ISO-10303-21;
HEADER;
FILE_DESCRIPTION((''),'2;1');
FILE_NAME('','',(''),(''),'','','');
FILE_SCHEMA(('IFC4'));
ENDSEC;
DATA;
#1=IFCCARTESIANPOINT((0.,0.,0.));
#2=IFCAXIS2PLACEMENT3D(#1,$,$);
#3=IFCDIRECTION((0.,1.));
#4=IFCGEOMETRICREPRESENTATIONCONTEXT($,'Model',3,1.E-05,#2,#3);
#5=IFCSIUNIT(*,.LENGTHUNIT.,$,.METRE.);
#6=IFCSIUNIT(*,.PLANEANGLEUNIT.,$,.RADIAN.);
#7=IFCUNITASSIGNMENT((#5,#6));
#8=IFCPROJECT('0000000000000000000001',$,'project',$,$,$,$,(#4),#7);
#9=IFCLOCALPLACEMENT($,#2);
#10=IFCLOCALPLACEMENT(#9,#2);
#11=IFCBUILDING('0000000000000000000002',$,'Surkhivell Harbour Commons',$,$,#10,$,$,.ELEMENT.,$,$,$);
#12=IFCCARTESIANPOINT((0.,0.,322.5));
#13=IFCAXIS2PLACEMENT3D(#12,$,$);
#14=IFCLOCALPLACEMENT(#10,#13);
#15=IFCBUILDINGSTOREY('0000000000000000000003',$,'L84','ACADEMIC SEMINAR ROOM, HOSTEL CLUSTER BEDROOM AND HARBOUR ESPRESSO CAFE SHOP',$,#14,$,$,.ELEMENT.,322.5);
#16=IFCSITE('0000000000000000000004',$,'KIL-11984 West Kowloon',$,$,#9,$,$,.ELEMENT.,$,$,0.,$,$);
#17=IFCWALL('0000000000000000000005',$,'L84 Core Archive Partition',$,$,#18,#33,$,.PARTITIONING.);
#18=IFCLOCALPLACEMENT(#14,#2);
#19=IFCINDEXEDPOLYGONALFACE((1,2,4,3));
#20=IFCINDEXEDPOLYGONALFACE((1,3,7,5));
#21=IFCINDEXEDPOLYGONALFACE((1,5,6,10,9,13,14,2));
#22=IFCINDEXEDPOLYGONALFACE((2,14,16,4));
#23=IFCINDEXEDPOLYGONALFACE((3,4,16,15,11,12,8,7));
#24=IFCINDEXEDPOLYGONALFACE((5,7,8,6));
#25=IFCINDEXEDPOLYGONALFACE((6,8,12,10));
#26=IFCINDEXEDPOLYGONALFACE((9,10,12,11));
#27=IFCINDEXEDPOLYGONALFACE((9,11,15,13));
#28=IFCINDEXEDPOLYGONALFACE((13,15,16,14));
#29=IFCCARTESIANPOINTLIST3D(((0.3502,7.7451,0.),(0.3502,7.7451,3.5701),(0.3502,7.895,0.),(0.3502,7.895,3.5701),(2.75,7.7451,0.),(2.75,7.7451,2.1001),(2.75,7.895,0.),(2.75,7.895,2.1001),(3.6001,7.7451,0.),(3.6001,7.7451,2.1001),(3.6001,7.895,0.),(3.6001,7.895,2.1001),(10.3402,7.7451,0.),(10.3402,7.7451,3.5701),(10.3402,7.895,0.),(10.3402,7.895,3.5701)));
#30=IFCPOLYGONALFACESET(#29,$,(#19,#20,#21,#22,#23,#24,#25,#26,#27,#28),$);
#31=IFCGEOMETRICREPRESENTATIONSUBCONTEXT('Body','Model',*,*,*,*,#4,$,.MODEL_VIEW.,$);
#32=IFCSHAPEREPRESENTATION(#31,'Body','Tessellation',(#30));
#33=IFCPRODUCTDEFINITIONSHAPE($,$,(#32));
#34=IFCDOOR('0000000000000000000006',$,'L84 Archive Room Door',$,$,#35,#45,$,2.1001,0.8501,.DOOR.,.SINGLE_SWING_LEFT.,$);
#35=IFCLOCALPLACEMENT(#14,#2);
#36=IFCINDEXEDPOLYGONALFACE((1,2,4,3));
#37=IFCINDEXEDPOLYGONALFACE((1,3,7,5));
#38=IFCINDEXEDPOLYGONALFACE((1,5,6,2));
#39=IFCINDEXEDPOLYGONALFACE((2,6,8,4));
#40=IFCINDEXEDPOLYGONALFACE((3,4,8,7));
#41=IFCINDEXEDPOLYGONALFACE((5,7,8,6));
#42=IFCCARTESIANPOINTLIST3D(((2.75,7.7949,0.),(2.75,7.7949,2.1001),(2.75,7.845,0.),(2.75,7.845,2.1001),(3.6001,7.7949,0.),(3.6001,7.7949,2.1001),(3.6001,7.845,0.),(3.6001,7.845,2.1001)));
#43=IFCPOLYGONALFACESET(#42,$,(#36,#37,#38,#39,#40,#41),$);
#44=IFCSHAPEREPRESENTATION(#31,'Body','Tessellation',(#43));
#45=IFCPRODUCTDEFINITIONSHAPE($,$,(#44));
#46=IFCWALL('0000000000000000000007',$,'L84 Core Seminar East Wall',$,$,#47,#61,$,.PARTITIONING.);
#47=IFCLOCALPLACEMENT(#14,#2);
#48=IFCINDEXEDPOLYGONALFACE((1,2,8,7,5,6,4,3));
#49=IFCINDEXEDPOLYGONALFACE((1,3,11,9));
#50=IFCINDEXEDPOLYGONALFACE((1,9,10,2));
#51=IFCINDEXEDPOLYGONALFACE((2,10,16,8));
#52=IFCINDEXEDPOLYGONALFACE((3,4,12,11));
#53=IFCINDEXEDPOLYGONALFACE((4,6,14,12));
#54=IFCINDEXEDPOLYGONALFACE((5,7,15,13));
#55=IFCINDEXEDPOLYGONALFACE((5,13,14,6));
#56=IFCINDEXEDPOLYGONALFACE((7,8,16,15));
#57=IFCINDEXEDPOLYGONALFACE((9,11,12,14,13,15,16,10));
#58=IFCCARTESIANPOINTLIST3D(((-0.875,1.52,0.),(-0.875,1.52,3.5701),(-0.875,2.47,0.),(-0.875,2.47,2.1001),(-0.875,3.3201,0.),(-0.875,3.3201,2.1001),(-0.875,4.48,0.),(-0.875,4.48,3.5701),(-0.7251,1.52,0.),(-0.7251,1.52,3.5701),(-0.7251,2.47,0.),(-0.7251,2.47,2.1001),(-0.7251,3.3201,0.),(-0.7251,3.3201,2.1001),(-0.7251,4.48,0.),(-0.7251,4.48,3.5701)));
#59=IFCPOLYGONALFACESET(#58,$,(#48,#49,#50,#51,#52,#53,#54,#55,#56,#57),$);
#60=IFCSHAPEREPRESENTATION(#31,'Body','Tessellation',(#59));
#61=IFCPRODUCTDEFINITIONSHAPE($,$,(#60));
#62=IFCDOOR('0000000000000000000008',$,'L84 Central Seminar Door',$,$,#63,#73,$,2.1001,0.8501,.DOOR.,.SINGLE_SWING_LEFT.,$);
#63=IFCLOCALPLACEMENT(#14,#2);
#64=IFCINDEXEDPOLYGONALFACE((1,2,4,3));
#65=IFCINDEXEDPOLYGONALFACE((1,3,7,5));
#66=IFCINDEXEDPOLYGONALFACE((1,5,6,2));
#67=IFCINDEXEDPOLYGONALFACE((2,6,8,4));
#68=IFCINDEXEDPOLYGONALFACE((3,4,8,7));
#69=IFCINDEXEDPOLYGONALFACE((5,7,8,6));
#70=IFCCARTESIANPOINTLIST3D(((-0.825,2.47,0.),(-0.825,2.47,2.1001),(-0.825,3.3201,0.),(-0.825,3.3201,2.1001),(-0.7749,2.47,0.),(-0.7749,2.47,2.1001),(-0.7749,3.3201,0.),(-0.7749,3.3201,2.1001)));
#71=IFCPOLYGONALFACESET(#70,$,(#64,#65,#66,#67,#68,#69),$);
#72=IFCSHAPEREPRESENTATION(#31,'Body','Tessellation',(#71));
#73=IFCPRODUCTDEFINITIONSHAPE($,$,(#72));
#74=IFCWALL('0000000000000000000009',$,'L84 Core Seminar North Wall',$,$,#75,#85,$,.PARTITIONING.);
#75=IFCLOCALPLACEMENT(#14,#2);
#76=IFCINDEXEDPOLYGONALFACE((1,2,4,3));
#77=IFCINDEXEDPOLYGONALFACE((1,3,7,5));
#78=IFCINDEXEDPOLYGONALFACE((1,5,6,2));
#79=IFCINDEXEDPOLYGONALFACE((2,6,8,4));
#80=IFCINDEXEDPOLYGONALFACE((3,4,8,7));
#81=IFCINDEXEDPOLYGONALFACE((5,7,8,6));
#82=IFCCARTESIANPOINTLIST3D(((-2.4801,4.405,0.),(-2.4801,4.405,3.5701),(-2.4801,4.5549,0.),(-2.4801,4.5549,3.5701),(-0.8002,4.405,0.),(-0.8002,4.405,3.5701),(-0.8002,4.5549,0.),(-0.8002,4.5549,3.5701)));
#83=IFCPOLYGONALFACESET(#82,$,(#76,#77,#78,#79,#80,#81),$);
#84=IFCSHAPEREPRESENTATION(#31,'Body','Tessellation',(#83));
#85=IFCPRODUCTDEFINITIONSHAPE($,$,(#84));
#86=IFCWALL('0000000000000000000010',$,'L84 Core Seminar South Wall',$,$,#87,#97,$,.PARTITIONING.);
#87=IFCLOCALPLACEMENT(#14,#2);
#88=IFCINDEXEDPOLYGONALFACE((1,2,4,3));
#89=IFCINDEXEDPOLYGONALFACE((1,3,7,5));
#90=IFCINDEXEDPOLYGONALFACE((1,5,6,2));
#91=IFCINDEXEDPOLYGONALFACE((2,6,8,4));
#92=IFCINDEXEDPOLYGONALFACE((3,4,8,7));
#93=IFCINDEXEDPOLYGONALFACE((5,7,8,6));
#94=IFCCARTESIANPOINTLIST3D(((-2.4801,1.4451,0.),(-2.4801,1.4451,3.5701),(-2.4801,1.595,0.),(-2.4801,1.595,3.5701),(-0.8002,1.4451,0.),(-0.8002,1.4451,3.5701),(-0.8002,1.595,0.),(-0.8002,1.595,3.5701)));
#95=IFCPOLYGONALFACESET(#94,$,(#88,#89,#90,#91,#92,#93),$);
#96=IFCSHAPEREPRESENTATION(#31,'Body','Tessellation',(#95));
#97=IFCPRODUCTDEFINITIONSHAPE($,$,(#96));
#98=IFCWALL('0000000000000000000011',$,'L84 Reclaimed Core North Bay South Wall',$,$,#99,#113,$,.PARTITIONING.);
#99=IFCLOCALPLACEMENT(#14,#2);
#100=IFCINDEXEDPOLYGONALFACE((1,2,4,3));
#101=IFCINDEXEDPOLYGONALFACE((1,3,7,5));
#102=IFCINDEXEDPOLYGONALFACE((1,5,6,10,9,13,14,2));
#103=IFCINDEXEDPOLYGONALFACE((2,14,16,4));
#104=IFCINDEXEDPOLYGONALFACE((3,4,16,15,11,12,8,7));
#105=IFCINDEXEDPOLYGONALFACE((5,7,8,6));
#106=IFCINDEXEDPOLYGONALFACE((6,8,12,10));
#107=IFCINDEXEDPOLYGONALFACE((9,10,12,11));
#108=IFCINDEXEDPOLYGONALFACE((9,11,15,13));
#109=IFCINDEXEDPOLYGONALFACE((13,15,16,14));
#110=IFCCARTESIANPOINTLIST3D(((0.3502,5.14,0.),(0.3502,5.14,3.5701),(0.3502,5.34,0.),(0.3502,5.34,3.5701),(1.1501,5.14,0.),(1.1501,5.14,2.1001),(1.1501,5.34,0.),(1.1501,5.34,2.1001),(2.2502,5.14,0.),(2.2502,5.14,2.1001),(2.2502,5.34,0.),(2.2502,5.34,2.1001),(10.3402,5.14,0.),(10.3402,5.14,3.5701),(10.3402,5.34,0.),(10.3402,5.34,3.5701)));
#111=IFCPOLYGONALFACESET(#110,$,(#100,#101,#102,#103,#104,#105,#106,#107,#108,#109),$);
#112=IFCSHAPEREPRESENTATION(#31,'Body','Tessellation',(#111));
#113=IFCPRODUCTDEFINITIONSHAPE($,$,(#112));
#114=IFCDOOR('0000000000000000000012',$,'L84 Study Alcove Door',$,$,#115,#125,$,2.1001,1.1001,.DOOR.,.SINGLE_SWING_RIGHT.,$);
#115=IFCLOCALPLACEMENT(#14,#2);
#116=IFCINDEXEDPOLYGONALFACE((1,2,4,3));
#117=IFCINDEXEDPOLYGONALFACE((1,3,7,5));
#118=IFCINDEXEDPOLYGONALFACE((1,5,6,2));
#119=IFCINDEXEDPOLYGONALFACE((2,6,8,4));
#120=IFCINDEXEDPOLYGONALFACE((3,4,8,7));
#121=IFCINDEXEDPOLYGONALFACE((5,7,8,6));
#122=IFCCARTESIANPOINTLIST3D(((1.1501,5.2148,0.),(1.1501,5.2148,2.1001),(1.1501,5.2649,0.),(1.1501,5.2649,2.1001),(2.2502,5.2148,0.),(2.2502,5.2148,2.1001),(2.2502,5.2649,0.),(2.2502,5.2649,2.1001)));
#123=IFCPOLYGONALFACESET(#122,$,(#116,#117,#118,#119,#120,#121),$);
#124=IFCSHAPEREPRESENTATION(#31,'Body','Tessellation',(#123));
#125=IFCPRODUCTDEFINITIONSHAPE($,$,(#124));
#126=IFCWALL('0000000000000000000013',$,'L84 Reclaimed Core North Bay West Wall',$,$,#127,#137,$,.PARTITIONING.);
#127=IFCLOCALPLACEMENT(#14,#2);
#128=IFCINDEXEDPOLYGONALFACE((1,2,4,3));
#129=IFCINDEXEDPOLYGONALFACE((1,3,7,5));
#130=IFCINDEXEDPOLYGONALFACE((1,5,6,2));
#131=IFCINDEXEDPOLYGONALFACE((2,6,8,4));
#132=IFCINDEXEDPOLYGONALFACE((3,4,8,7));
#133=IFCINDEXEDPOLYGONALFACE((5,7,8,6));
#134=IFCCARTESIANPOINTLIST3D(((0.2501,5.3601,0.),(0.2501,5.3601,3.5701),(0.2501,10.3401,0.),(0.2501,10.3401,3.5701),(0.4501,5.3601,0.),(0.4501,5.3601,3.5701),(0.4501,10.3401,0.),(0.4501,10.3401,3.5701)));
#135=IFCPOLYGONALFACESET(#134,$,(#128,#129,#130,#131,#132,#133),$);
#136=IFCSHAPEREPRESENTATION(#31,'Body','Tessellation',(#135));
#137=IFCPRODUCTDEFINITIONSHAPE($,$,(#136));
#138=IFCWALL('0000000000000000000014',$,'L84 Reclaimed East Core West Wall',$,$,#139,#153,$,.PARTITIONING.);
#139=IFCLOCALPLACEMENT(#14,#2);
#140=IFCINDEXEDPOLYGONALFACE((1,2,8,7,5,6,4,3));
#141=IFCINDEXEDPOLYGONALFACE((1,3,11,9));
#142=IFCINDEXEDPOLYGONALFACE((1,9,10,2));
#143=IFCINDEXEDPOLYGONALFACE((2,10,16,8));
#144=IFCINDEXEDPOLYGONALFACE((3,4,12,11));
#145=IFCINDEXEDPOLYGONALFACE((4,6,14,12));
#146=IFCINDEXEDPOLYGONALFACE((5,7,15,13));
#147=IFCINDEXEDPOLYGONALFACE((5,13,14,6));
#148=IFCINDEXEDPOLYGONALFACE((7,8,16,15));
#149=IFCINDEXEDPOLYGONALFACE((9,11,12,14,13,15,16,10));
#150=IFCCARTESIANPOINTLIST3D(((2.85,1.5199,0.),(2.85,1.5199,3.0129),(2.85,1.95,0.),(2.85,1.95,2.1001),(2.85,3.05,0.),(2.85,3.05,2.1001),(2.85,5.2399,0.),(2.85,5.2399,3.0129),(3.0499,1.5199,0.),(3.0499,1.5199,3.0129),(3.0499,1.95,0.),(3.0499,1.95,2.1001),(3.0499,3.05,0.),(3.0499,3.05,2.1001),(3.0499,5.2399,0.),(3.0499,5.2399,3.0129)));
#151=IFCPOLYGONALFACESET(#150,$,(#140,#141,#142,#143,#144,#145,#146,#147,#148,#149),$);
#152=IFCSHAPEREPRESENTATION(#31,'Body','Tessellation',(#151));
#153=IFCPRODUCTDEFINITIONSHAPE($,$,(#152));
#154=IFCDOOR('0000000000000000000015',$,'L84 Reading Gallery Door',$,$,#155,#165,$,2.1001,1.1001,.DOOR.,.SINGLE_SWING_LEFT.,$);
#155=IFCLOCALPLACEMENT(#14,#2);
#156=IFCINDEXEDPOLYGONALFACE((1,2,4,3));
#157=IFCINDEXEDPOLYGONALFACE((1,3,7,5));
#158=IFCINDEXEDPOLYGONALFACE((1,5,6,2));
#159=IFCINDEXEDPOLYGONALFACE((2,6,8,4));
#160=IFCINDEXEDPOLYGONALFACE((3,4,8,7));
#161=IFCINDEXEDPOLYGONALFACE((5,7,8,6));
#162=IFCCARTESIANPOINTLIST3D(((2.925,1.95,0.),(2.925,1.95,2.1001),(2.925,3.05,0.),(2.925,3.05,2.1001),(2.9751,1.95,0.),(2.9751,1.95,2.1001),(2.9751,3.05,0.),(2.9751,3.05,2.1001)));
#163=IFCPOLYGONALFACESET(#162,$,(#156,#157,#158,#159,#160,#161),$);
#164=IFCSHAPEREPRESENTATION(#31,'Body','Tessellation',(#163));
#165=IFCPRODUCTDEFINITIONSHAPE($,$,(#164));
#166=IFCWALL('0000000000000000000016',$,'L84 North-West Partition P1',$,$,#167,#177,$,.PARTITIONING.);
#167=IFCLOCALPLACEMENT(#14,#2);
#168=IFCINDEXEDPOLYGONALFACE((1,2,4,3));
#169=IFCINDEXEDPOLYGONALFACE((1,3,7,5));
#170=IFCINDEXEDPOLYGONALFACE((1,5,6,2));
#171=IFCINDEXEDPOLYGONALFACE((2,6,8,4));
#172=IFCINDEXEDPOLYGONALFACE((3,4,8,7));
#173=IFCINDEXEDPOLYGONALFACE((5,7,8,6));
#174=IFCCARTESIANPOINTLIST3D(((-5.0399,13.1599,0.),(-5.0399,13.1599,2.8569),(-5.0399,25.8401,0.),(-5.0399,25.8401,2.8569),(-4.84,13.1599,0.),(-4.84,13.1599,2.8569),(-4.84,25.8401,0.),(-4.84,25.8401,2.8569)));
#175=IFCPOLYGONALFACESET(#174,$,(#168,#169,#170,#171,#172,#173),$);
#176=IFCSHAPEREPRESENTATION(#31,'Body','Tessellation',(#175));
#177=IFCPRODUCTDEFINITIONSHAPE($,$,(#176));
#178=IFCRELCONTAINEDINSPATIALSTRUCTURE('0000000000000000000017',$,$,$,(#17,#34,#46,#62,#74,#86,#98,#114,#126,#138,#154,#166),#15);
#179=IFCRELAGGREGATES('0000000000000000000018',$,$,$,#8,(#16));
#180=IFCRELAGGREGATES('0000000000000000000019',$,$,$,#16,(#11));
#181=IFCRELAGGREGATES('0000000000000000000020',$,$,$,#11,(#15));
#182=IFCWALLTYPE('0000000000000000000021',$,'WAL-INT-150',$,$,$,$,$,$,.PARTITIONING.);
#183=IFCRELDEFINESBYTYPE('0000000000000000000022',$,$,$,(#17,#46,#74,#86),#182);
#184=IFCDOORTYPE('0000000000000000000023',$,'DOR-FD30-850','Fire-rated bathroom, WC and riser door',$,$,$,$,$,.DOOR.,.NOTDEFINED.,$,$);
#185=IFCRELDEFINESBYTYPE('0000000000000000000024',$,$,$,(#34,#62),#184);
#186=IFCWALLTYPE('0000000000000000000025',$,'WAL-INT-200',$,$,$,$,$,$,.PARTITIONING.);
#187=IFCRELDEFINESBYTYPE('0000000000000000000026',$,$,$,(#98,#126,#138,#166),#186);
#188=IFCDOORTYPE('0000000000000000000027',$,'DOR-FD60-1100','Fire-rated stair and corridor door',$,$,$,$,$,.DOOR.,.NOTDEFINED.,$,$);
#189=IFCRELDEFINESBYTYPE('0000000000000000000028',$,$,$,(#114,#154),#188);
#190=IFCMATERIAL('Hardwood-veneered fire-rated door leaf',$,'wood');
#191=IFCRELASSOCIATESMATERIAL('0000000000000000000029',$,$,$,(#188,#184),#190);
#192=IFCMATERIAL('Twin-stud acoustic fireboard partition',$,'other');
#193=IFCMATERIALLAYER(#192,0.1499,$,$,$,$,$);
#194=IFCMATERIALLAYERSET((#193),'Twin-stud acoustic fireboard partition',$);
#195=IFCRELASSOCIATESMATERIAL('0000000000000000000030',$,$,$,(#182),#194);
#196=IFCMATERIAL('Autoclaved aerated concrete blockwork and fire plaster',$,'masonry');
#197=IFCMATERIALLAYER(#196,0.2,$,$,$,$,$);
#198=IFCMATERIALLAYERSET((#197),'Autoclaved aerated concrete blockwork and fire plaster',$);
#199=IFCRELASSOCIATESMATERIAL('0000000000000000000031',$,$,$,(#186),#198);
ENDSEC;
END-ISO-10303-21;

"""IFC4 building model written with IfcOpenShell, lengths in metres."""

from ifc_helpers import new_model, si_unit, direction, frame, frame_2d, origin, place, context, subcontext, project, spatial, rectangle, extrude, material, layer, layer_set, type_object, element, fill, save


model = new_model("IFC4")

# Units and contexts
model_context = context("Model", 3, precision=1e-05, world=origin(), true_north=direction((0.0, 1.0)))
body_context = subcontext(model_context, "Body", "Model", "MODEL_VIEW")
ifc_project = project(units=[si_unit("LENGTHUNIT", "METRE"), si_unit("PLANEANGLEUNIT", "RADIAN")], contexts=[model_context])

# Site, building, storey
site_placement = place(None, origin())
site = spatial("IfcSite", under=ifc_project, at=site_placement, Name="KIL-11984 West Kowloon", CompositionType="ELEMENT", RefElevation=0.0)
building_placement = place(site_placement, origin())
building = spatial("IfcBuilding", under=site, at=building_placement, Name="Surkhivell Harbour Commons", CompositionType="ELEMENT")
storey_placement = place(building_placement, frame((0.0, 0.0, 322.5)))
storey = spatial("IfcBuildingStorey", under=building, at=storey_placement, Name="L84", Description="ACADEMIC SEMINAR ROOM, HOSTEL CLUSTER BEDROOM AND HARBOUR ESPRESSO CAFE SHOP", CompositionType="ELEMENT", Elevation=322.5)

# Shared definitions
ifc_material_1 = material(Name="Hardwood-veneered fire-rated door leaf", Category="wood")
door_type_1 = type_object("IfcDoorType", Name="DOR-FD60-1100", Description="Fire-rated stair and corridor door", OperationType="NOTDEFINED", PredefinedType="DOOR", material=ifc_material_1)

# Shared definitions
ifc_material_2 = material(Name="Twin-stud acoustic fireboard partition", Category="other")
ifc_layer_1 = layer(ifc_material_2, 0.1499)
ifc_layer_set_1 = layer_set([ifc_layer_1], Name="Twin-stud acoustic fireboard partition")
wall_type_1 = type_object("IfcWallType", Name="WAL-INT-150", PredefinedType="PARTITIONING", material=ifc_layer_set_1)

# Walls, openings, doors
wall_1_placement = place(storey_placement, frame((0.3501, 7.8201, 0.0), z_axis=(0.0, 0.0, 1.0), x_axis=(1.0, 0.0, 0.0)))
wall_1 = element("IfcWall", 1, at=wall_1_placement, inside=storey, type_object=wall_type_1, Name="L84 Core Archive Partition", PredefinedType="PARTITIONING", context=body_context, shape_type="SweptSolid", body=[
    extrude(rectangle(XDim=9.99, YDim=0.1499, at=frame_2d((4.9951, 0.0))), origin(), (0.0, 0.0, 1.0), 3.5701),
])
opening_1_placement = place(wall_1_placement, frame((2.3999, 0.0, 0.0)))
opening_1 = element("IfcOpeningElement", 2, at=opening_1_placement, cuts=wall_1, PredefinedType="OPENING", context=body_context, shape_type="SweptSolid", body=[
    extrude(rectangle(XDim=0.8501, YDim=2.1001, at=frame_2d((0.425, 1.05))), frame((0.0, 0.085, 0.0), z_axis=(0.0, -1.0, 0.0), x_axis=(1.0, 0.0, 0.0)), (0.0, 0.0, 1.0), 0.1699),
])
door_type_2 = type_object("IfcDoorType", Name="DOR-FD30-850", Description="Fire-rated bathroom, WC and riser door", OperationType="NOTDEFINED", PredefinedType="DOOR", material=ifc_material_1)
door_1_placement = place(opening_1_placement, origin())
door_1 = element("IfcDoor", 3, at=door_1_placement, inside=storey, type_object=door_type_2, Name="L84 Archive Room Door", OperationType="SINGLE_SWING_LEFT", OverallHeight=2.1001, OverallWidth=0.8501, PredefinedType="DOOR", context=body_context, shape_type="SweptSolid", body=[
    extrude(rectangle(XDim=0.8501, YDim=2.1001, at=frame_2d((0.425, 1.05))), frame((0.0, 0.0249, 0.0), z_axis=(0.0, -1.0, 0.0), x_axis=(1.0, 0.0, 0.0)), (0.0, 0.0, 1.0), 0.05),
])
fill(opening_1, door_1)
wall_2_placement = place(storey_placement, frame((-0.8, 1.52, 0.0), z_axis=(0.0, 0.0, 1.0), x_axis=(0.0, 1.0, 0.0)))
wall_2 = element("IfcWall", 4, at=wall_2_placement, inside=storey, type_object=wall_type_1, Name="L84 Core Seminar East Wall", PredefinedType="PARTITIONING", context=body_context, shape_type="SweptSolid", body=[
    extrude(rectangle(XDim=2.96, YDim=0.1499, at=frame_2d((1.48, 0.0))), origin(), (0.0, 0.0, 1.0), 3.5701),
])
opening_2_placement = place(wall_2_placement, frame((0.95, 0.0, 0.0)))
opening_2 = element("IfcOpeningElement", 5, at=opening_2_placement, cuts=wall_2, PredefinedType="OPENING", context=body_context, shape_type="SweptSolid", body=[
    extrude(rectangle(XDim=0.8501, YDim=2.1001, at=frame_2d((0.425, 1.05))), frame((0.0, 0.085, 0.0), z_axis=(0.0, -1.0, 0.0), x_axis=(1.0, 0.0, 0.0)), (0.0, 0.0, 1.0), 0.1699),
])
door_2_placement = place(opening_2_placement, origin())
door_2 = element("IfcDoor", 6, at=door_2_placement, inside=storey, type_object=door_type_2, Name="L84 Central Seminar Door", OperationType="SINGLE_SWING_LEFT", OverallHeight=2.1001, OverallWidth=0.8501, PredefinedType="DOOR", context=body_context, shape_type="SweptSolid", body=[
    extrude(rectangle(XDim=0.8501, YDim=2.1001, at=frame_2d((0.425, 1.05))), frame((0.0, 0.0249, 0.0), z_axis=(0.0, -1.0, 0.0), x_axis=(1.0, 0.0, 0.0)), (0.0, 0.0, 1.0), 0.05),
])
fill(opening_2, door_2)

# Walls
for number, where, z_axis, x_axis, name in (
    (7, (-2.48, 4.48, 0.0), (0.0, 0.0, 1.0), (1.0, 0.0, 0.0), "L84 Core Seminar North Wall"),
    (8, (-2.48, 1.52, 0.0), (0.0, 0.0, 1.0), (1.0, 0.0, 0.0), "L84 Core Seminar South Wall"),
):
    element("IfcWall", number, at=place(storey_placement, frame(where, z_axis=z_axis, x_axis=x_axis)), inside=storey, type_object=wall_type_1, Name=name, PredefinedType="PARTITIONING", context=body_context, shape_type="SweptSolid", body=[
        extrude(rectangle(XDim=1.6799, YDim=0.1499, at=frame_2d((0.8398, 0.0))), origin(), (0.0, 0.0, 1.0), 3.5701),
    ])

# Wall, opening, door
ifc_material_3 = material(Name="Autoclaved aerated concrete blockwork and fire plaster", Category="masonry")
ifc_layer_2 = layer(ifc_material_3, 0.2)
ifc_layer_set_2 = layer_set([ifc_layer_2], Name="Autoclaved aerated concrete blockwork and fire plaster")
wall_type_2 = type_object("IfcWallType", Name="WAL-INT-200", PredefinedType="PARTITIONING", material=ifc_layer_set_2)
wall_3_placement = place(storey_placement, frame((0.3501, 5.24, 0.0), z_axis=(0.0, 0.0, 1.0), x_axis=(1.0, 0.0, 0.0)))
wall_3 = element("IfcWall", 9, at=wall_3_placement, inside=storey, type_object=wall_type_2, Name="L84 Reclaimed Core North Bay South Wall", PredefinedType="PARTITIONING", context=body_context, shape_type="SweptSolid", body=[
    extrude(rectangle(XDim=9.99, YDim=0.2, at=frame_2d((4.9951, 0.0))), origin(), (0.0, 0.0, 1.0), 3.5701),
])
opening_3_placement = place(wall_3_placement, frame((0.8, 0.0, 0.0)))
opening_3 = element("IfcOpeningElement", 10, at=opening_3_placement, cuts=wall_3, PredefinedType="OPENING", context=body_context, shape_type="SweptSolid", body=[
    extrude(rectangle(XDim=1.1001, YDim=2.1001, at=frame_2d((0.55, 1.05))), frame((0.0, 0.1099, 0.0), z_axis=(0.0, -1.0, 0.0), x_axis=(1.0, 0.0, 0.0)), (0.0, 0.0, 1.0), 0.22),
])
door_3_placement = place(opening_3_placement, origin())
door_3 = element("IfcDoor", 11, at=door_3_placement, inside=storey, type_object=door_type_1, Name="L84 Study Alcove Door", OperationType="SINGLE_SWING_RIGHT", OverallHeight=2.1001, OverallWidth=1.1001, PredefinedType="DOOR", context=body_context, shape_type="SweptSolid", body=[
    extrude(rectangle(XDim=1.1001, YDim=2.1001, at=frame_2d((0.55, 1.05))), frame((0.0, 0.0249, 0.0), z_axis=(0.0, -1.0, 0.0), x_axis=(1.0, 0.0, 0.0)), (0.0, 0.0, 1.0), 0.05),
])
fill(opening_3, door_3)

# Wall
wall_4_placement = place(storey_placement, frame((0.3501, 5.3601, 0.0), z_axis=(0.0, 0.0, 1.0), x_axis=(0.0, 1.0, 0.0)))
element("IfcWall", 12, at=wall_4_placement, inside=storey, type_object=wall_type_2, Name="L84 Reclaimed Core North Bay West Wall", PredefinedType="PARTITIONING", context=body_context, shape_type="SweptSolid", body=[
    extrude(rectangle(XDim=4.98, YDim=0.2, at=frame_2d((2.49, 0.0))), origin(), (0.0, 0.0, 1.0), 3.5701),
])

# Wall, opening, door
wall_5_placement = place(storey_placement, frame((2.95, 1.52, 0.0), z_axis=(0.0, 0.0, 1.0), x_axis=(0.0, 1.0, 0.0)))
wall_5 = element("IfcWall", 13, at=wall_5_placement, inside=storey, type_object=wall_type_2, Name="L84 Reclaimed East Core West Wall", PredefinedType="PARTITIONING", context=body_context, shape_type="SweptSolid", body=[
    extrude(rectangle(XDim=3.72, YDim=0.2, at=frame_2d((1.8599, 0.0))), origin(), (0.0, 0.0, 1.0), 3.0129),
])
opening_4_placement = place(wall_5_placement, frame((0.4299, 0.0, 0.0)))
opening_4 = element("IfcOpeningElement", 14, at=opening_4_placement, cuts=wall_5, PredefinedType="OPENING", context=body_context, shape_type="SweptSolid", body=[
    extrude(rectangle(XDim=1.1001, YDim=2.1001, at=frame_2d((0.55, 1.05))), frame((0.0, 0.1099, 0.0), z_axis=(0.0, -1.0, 0.0), x_axis=(1.0, 0.0, 0.0)), (0.0, 0.0, 1.0), 0.22),
])
door_4_placement = place(opening_4_placement, origin())
door_4 = element("IfcDoor", 15, at=door_4_placement, inside=storey, type_object=door_type_1, Name="L84 Reading Gallery Door", OperationType="SINGLE_SWING_LEFT", OverallHeight=2.1001, OverallWidth=1.1001, PredefinedType="DOOR", context=body_context, shape_type="SweptSolid", body=[
    extrude(rectangle(XDim=1.1001, YDim=2.1001, at=frame_2d((0.55, 1.05))), frame((0.0, 0.0249, 0.0), z_axis=(0.0, -1.0, 0.0), x_axis=(1.0, 0.0, 0.0)), (0.0, 0.0, 1.0), 0.05),
])
fill(opening_4, door_4)

# Wall
wall_6_placement = place(storey_placement, frame((-4.9399, 13.1599, 0.0), z_axis=(0.0, 0.0, 1.0), x_axis=(0.0, 1.0, 0.0)))
element("IfcWall", 16, at=wall_6_placement, inside=storey, type_object=wall_type_2, Name="L84 North-West Partition P1", PredefinedType="PARTITIONING", context=body_context, shape_type="SweptSolid", body=[
    extrude(rectangle(XDim=12.6802, YDim=0.2, at=frame_2d((6.3401, 0.0))), origin(), (0.0, 0.0, 1.0), 2.8569),
])

save(model, "model.ifc")
